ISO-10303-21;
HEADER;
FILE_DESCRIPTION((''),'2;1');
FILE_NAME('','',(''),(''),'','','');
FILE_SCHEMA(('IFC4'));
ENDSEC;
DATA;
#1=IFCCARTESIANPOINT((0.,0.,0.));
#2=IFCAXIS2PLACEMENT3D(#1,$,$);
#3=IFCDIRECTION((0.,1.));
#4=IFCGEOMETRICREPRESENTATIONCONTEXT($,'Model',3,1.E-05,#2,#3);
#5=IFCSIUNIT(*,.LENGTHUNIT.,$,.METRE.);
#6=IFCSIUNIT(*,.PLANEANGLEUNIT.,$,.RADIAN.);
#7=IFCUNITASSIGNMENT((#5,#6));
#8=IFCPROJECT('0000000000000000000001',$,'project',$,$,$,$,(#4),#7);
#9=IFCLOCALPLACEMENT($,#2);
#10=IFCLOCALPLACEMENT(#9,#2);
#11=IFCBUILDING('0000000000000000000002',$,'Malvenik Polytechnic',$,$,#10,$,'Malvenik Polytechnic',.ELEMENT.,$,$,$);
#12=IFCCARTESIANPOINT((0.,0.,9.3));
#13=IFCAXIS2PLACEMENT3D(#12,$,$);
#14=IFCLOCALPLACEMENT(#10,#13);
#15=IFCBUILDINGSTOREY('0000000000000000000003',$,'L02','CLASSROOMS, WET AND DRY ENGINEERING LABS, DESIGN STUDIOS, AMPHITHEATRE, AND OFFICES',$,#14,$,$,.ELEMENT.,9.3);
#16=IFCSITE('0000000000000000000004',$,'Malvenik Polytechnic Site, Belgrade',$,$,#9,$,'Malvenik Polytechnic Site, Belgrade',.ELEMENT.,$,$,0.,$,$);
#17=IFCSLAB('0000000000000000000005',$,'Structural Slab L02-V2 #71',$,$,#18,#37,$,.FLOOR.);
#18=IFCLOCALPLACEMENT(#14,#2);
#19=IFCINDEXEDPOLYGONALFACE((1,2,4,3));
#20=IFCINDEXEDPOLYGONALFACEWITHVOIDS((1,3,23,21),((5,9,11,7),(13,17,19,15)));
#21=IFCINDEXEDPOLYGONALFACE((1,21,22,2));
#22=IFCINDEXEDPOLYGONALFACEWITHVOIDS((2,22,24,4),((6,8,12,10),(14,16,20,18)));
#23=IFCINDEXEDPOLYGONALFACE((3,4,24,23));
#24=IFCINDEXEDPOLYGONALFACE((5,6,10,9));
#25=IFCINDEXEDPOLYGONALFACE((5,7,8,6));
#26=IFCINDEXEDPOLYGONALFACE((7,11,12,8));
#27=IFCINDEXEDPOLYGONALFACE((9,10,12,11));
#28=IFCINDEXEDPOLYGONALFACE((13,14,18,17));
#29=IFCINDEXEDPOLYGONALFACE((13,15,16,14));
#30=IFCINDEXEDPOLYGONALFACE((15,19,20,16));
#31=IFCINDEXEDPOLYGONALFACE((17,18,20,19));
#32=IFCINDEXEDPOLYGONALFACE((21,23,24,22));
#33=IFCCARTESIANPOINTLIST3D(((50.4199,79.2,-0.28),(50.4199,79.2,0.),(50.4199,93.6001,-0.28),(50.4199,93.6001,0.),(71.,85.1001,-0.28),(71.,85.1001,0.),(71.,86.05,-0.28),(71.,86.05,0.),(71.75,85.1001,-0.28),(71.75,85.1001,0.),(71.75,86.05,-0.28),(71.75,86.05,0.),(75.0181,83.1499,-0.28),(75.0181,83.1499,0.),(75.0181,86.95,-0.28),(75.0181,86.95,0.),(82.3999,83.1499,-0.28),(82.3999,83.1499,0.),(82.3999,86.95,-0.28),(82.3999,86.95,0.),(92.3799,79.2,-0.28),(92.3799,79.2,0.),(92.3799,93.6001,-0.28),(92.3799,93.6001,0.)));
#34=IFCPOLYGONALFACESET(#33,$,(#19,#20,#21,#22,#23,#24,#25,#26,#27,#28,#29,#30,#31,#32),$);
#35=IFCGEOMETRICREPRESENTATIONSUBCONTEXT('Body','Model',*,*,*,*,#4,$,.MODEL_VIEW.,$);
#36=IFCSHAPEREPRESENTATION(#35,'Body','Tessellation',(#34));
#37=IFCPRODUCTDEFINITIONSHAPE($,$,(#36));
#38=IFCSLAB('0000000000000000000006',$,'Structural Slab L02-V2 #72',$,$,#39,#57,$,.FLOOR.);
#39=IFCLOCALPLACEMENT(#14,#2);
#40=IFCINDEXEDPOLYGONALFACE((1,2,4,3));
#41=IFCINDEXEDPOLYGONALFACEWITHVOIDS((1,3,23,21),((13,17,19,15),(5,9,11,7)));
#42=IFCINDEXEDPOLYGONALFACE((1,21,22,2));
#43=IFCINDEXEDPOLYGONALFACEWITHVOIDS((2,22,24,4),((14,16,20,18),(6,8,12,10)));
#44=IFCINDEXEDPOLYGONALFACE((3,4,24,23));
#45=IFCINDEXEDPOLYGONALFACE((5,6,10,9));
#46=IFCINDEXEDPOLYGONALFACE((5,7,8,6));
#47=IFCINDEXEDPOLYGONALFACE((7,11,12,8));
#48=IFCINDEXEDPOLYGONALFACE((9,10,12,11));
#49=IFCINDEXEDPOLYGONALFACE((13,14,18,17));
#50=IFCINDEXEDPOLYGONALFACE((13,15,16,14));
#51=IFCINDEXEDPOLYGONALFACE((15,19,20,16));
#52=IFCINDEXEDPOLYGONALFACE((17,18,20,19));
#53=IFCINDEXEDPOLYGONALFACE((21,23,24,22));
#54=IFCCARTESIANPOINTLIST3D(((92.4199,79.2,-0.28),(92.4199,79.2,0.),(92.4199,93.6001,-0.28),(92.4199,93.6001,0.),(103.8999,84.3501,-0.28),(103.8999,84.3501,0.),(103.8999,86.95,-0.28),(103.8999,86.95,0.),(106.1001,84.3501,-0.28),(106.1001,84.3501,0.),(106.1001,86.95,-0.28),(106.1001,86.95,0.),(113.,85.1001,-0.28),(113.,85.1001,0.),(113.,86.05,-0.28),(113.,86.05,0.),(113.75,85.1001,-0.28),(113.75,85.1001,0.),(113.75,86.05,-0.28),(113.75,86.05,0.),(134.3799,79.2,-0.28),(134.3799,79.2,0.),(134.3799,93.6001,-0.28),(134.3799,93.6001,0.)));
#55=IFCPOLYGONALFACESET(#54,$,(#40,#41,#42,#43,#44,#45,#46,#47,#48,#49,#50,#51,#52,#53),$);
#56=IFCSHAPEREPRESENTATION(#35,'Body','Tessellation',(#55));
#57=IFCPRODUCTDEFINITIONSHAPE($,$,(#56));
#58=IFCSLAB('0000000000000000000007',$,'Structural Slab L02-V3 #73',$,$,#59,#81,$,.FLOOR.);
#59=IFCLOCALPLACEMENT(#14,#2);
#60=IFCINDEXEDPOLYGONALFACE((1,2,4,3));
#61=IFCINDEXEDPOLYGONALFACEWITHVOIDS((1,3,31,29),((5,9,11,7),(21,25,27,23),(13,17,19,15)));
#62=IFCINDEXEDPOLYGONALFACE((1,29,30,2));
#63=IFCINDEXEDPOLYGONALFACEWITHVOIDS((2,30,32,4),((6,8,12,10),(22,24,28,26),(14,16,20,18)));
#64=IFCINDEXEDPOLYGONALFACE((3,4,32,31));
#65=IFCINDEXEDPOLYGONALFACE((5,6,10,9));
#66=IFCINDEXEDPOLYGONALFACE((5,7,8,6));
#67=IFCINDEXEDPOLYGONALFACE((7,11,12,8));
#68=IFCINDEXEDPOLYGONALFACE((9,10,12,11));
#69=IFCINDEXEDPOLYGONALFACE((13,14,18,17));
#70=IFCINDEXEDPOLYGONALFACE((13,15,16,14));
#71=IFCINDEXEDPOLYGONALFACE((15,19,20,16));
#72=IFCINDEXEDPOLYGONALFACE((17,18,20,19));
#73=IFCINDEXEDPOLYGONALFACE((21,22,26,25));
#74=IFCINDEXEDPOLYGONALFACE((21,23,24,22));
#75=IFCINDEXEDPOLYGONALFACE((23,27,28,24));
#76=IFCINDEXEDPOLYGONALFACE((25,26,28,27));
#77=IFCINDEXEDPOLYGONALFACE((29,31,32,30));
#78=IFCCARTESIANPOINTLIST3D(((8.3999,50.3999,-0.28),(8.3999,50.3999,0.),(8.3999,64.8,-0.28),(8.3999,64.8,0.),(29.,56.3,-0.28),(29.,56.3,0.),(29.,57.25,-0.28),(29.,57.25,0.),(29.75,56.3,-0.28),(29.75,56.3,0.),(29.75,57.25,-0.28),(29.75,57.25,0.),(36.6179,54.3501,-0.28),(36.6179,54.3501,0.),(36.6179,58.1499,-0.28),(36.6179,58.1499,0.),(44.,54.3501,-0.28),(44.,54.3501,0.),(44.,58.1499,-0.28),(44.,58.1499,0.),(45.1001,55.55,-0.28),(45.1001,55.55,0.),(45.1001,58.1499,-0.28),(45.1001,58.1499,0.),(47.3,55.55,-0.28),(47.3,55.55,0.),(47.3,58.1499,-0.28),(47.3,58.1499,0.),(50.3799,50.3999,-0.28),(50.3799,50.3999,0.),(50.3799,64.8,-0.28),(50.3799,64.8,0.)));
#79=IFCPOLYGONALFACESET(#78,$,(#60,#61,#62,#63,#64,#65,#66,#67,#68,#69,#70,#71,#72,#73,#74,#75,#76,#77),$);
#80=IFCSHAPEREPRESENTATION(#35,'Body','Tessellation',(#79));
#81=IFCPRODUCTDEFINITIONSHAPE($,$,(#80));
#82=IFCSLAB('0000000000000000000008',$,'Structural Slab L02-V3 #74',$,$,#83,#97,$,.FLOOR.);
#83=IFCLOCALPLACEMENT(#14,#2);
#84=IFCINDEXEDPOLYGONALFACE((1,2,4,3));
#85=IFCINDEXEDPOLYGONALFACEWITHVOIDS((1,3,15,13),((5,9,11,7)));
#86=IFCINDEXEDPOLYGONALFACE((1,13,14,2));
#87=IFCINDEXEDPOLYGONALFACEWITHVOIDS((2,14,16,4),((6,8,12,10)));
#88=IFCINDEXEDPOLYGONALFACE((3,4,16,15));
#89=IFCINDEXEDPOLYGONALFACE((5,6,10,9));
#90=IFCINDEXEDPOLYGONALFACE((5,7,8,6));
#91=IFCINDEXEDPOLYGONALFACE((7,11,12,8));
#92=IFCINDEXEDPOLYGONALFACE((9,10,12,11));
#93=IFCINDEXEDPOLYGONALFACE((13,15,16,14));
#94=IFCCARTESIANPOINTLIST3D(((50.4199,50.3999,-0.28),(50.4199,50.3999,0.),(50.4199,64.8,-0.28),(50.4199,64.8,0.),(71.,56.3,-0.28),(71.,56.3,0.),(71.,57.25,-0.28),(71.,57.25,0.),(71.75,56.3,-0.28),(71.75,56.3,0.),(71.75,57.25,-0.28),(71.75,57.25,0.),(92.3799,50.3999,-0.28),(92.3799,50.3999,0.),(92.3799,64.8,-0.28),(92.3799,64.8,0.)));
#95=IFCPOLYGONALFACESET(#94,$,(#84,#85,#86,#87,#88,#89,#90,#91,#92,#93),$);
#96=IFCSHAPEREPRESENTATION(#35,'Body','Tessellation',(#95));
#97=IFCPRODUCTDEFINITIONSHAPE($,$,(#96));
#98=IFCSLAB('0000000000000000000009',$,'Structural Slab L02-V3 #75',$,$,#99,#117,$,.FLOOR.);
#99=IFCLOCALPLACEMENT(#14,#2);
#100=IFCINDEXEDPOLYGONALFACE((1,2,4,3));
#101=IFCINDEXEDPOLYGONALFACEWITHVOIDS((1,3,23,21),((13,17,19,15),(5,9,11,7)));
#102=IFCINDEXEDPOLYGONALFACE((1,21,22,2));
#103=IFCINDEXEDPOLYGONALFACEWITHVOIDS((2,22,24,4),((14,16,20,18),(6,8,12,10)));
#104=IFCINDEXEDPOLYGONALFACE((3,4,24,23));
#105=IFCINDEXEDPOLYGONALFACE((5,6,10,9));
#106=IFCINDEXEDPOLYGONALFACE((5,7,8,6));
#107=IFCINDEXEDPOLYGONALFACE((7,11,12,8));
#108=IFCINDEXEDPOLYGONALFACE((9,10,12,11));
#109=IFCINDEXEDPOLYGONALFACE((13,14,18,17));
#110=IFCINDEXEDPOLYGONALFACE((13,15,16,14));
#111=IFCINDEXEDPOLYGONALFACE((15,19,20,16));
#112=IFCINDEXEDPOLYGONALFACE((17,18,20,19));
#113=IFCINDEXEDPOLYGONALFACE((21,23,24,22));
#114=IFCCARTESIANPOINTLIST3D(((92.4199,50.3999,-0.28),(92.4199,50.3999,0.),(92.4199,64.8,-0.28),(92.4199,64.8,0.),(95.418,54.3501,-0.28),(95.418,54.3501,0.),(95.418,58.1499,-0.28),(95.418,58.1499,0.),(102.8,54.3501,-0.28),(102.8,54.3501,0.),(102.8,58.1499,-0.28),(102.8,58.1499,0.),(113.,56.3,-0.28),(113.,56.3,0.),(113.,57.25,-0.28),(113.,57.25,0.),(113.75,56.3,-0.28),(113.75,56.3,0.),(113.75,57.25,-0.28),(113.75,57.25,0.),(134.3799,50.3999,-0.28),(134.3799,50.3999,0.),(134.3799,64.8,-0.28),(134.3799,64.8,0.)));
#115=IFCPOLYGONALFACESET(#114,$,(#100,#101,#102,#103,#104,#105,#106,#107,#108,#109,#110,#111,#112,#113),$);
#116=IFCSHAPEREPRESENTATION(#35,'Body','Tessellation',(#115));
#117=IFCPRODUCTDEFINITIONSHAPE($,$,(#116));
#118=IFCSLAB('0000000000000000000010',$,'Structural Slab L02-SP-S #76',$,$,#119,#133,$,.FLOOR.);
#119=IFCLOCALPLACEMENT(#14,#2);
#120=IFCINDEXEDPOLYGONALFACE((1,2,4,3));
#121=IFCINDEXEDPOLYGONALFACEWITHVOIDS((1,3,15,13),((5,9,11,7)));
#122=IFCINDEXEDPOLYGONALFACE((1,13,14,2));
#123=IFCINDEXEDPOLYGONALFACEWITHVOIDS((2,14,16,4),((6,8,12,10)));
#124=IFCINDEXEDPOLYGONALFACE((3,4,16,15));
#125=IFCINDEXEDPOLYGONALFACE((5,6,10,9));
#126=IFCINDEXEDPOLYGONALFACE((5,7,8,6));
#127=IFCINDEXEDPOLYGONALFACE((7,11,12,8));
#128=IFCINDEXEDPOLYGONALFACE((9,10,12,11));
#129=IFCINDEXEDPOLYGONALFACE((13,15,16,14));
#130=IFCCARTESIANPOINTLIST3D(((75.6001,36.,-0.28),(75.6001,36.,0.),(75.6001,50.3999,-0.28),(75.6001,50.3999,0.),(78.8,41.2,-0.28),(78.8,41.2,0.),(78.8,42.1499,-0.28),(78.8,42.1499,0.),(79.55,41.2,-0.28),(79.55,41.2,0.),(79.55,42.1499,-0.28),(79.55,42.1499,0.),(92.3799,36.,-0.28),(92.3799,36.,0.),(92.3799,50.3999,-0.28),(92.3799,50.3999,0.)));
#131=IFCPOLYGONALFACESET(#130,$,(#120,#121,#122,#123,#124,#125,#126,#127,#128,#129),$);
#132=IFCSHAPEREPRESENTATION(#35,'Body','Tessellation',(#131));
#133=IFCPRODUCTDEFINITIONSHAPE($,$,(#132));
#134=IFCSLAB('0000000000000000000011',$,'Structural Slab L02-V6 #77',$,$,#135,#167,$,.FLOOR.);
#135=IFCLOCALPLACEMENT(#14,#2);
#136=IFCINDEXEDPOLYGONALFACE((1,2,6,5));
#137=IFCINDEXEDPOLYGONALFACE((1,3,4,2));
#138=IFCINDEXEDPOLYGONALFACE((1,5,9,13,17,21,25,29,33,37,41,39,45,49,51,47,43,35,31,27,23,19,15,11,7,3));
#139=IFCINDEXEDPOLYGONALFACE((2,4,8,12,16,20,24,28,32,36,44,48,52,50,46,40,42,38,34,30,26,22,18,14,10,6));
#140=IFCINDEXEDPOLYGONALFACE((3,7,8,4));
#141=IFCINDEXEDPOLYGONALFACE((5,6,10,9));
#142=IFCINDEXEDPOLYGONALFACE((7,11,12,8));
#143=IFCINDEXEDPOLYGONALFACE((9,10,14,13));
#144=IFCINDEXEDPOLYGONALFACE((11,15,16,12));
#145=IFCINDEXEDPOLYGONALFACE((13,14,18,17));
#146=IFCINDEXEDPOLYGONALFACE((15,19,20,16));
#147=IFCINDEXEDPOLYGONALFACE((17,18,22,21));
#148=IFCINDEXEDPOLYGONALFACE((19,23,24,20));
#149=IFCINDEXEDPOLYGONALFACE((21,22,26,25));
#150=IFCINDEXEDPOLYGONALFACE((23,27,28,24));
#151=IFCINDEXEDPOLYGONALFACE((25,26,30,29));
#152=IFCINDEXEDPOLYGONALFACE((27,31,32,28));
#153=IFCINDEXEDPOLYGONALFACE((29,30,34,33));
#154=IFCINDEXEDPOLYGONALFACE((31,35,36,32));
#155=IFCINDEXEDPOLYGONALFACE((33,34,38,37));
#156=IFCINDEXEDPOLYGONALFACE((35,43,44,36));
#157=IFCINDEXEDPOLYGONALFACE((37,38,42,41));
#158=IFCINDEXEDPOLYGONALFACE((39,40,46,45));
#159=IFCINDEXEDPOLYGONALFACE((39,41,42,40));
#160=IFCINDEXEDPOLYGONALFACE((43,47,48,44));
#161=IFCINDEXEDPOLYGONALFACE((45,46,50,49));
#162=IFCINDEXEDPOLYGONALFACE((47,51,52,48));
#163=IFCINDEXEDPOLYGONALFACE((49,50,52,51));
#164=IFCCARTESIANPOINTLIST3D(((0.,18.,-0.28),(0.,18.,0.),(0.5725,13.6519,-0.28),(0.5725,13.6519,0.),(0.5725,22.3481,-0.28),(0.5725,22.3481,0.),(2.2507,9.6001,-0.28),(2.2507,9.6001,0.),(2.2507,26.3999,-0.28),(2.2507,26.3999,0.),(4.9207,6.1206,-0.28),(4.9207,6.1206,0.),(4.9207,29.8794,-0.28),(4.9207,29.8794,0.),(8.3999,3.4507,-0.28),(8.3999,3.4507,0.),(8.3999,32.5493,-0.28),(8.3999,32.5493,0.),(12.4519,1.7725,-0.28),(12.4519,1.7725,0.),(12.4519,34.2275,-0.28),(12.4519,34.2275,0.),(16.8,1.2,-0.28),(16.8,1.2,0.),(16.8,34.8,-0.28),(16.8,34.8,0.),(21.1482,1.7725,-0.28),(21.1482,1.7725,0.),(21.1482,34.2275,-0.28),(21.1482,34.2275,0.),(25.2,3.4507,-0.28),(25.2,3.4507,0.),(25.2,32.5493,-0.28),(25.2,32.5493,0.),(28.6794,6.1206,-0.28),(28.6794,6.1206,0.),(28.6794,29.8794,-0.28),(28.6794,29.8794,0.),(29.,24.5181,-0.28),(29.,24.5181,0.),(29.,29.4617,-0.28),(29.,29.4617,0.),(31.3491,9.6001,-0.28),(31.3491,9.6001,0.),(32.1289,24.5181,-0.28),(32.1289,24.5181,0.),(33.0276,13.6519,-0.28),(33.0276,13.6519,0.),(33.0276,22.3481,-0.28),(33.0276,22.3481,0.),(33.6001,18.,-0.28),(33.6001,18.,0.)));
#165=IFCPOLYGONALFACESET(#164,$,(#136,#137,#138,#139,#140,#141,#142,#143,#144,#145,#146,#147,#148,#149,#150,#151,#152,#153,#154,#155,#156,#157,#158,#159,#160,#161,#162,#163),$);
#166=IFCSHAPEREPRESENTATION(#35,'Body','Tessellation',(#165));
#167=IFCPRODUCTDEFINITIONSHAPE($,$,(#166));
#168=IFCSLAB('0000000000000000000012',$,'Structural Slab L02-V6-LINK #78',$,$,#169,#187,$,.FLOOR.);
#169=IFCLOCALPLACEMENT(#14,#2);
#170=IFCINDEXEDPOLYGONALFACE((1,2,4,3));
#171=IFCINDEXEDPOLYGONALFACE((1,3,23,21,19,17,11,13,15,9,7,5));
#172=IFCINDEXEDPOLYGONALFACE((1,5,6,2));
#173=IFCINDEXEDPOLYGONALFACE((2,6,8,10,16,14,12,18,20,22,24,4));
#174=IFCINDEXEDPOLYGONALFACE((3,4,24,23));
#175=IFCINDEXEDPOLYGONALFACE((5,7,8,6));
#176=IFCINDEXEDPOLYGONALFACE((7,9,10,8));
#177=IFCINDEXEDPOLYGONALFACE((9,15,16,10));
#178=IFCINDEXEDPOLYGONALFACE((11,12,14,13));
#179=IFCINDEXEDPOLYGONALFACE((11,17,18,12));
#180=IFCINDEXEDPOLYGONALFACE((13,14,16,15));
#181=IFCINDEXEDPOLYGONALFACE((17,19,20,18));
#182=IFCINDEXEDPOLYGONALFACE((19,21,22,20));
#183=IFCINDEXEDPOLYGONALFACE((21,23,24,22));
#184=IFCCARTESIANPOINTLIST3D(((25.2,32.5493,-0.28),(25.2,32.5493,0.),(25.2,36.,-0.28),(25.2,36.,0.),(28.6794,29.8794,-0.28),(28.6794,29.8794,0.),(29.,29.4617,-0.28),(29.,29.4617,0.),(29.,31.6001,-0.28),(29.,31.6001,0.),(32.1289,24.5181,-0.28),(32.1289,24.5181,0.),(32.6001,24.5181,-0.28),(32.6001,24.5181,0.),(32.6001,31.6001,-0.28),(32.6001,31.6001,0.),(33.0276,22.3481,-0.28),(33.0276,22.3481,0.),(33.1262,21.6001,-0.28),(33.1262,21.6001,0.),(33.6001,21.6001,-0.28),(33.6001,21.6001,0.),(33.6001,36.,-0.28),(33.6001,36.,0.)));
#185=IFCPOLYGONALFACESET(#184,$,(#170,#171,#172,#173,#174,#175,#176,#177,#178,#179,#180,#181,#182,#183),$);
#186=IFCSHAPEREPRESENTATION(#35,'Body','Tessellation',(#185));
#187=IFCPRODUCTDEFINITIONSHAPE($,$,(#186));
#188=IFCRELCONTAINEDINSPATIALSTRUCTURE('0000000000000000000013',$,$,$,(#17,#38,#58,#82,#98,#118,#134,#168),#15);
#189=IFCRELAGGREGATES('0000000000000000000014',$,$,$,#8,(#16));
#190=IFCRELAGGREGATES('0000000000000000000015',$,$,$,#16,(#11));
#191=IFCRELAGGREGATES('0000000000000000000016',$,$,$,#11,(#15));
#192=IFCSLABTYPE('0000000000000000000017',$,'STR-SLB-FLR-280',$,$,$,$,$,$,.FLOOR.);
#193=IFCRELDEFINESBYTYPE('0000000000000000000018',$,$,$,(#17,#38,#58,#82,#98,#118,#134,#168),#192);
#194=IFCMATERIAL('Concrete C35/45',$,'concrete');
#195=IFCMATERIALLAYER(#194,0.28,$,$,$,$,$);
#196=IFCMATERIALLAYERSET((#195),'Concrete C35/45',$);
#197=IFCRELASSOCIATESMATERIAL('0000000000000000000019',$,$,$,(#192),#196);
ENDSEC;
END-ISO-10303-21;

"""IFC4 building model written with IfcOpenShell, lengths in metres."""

from ifc_helpers import new_model, si_unit, direction, frame, origin, place, context, subcontext, project, spatial, polyline, outline, extrude, material, layer, layer_set, type_object, element, save


model = new_model("IFC4")

# Units and contexts
model_context = context("Model", 3, precision=1e-05, world=origin(), true_north=direction((0.0, 1.0)))
body_context = subcontext(model_context, "Body", "Model", "MODEL_VIEW")
ifc_project = project(units=[si_unit("LENGTHUNIT", "METRE"), si_unit("PLANEANGLEUNIT", "RADIAN")], contexts=[model_context])

# Site, building, storey
site_placement = place(None, origin())
site = spatial("IfcSite", under=ifc_project, at=site_placement, Name="Malvenik Polytechnic Site, Belgrade", LongName="Malvenik Polytechnic Site, Belgrade", CompositionType="ELEMENT", RefElevation=0.0)
building_placement = place(site_placement, origin())
building = spatial("IfcBuilding", under=site, at=building_placement, Name="Malvenik Polytechnic", LongName="Malvenik Polytechnic", CompositionType="ELEMENT")
storey_placement = place(building_placement, frame((0.0, 0.0, 9.3)))
storey = spatial("IfcBuildingStorey", under=building, at=storey_placement, Name="L02", Description="CLASSROOMS, WET AND DRY ENGINEERING LABS, DESIGN STUDIOS, AMPHITHEATRE, AND OFFICES", CompositionType="ELEMENT", Elevation=9.3)

# Shared definitions
ifc_material = material(Name="Concrete C35/45", Category="concrete")

# Slabs
ifc_layer_1 = layer(ifc_material, 0.28)
ifc_layer_set_1 = layer_set([ifc_layer_1], Name="Concrete C35/45")
slab_type_1 = type_object("IfcSlabType", Name="STR-SLB-FLR-280", PredefinedType="FLOOR", material=ifc_layer_set_1)
slab_1_placement = place(storey_placement, frame((0.0, 0.0, -0.28)))
element("IfcSlab", 1, at=slab_1_placement, inside=storey, type_object=slab_type_1, Name="Structural Slab L02-V2 #71", PredefinedType="FLOOR", context=body_context, shape_type="SweptSolid", body=[
    extrude(outline(polyline([(92.3799, 93.6001), (92.3799, 79.2), (50.4199, 79.2), (50.4199, 93.6001), (92.3799, 93.6001)]), holes=[polyline([(82.3999, 83.1499), (82.3999, 86.95), (75.0181, 86.95), (75.0181, 83.1499), (82.3999, 83.1499)]), polyline([(71.75, 86.05), (71.0, 86.05), (71.0, 85.1001), (71.75, 85.1001), (71.75, 86.05)])]), origin(), (0.0, 0.0, 1.0), 0.28),
])
slab_2_placement = place(storey_placement, frame((0.0, 0.0, -0.28)))
element("IfcSlab", 2, at=slab_2_placement, inside=storey, type_object=slab_type_1, Name="Structural Slab L02-V2 #72", PredefinedType="FLOOR", context=body_context, shape_type="SweptSolid", body=[
    extrude(outline(polyline([(134.3799, 93.6001), (134.3799, 79.2), (92.4199, 79.2), (92.4199, 93.6001), (134.3799, 93.6001)]), holes=[polyline([(113.0, 86.05), (113.0, 85.1001), (113.75, 85.1001), (113.75, 86.05), (113.0, 86.05)]), polyline([(106.1001, 86.95), (103.8999, 86.95), (103.8999, 84.3501), (106.1001, 84.3501), (106.1001, 86.95)])]), origin(), (0.0, 0.0, 1.0), 0.28),
])
slab_3_placement = place(storey_placement, frame((0.0, 0.0, -0.28)))
element("IfcSlab", 3, at=slab_3_placement, inside=storey, type_object=slab_type_1, Name="Structural Slab L02-V3 #73", PredefinedType="FLOOR", context=body_context, shape_type="SweptSolid", body=[
    extrude(outline(polyline([(50.3799, 64.8), (50.3799, 50.3999), (8.3999, 50.3999), (8.3999, 64.8), (50.3799, 64.8)]), holes=[polyline([(44.0, 54.3501), (44.0, 58.1499), (36.6179, 58.1499), (36.6179, 54.3501), (44.0, 54.3501)]), polyline([(29.75, 57.25), (29.0, 57.25), (29.0, 56.3), (29.75, 56.3), (29.75, 57.25)]), polyline([(45.1001, 58.1499), (45.1001, 55.55), (47.3, 55.55), (47.3, 58.1499), (45.1001, 58.1499)])]), origin(), (0.0, 0.0, 1.0), 0.28),
])
slab_4_placement = place(storey_placement, frame((0.0, 0.0, -0.28)))
element("IfcSlab", 4, at=slab_4_placement, inside=storey, type_object=slab_type_1, Name="Structural Slab L02-V3 #74", PredefinedType="FLOOR", context=body_context, shape_type="SweptSolid", body=[
    extrude(outline(polyline([(92.3799, 64.8), (92.3799, 50.3999), (50.4199, 50.3999), (50.4199, 64.8), (92.3799, 64.8)]), holes=[polyline([(71.75, 57.25), (71.0, 57.25), (71.0, 56.3), (71.75, 56.3), (71.75, 57.25)])]), origin(), (0.0, 0.0, 1.0), 0.28),
])
slab_5_placement = place(storey_placement, frame((0.0, 0.0, -0.28)))
element("IfcSlab", 5, at=slab_5_placement, inside=storey, type_object=slab_type_1, Name="Structural Slab L02-V3 #75", PredefinedType="FLOOR", context=body_context, shape_type="SweptSolid", body=[
    extrude(outline(polyline([(134.3799, 64.8), (134.3799, 50.3999), (92.4199, 50.3999), (92.4199, 64.8), (134.3799, 64.8)]), holes=[polyline([(102.8, 54.3501), (102.8, 58.1499), (95.418, 58.1499), (95.418, 54.3501), (102.8, 54.3501)]), polyline([(113.0, 57.25), (113.0, 56.3), (113.75, 56.3), (113.75, 57.25), (113.0, 57.25)])]), origin(), (0.0, 0.0, 1.0), 0.28),
])
slab_6_placement = place(storey_placement, frame((0.0, 0.0, -0.28)))
element("IfcSlab", 6, at=slab_6_placement, inside=storey, type_object=slab_type_1, Name="Structural Slab L02-SP-S #76", PredefinedType="FLOOR", context=body_context, shape_type="SweptSolid", body=[
    extrude(outline(polyline([(75.6001, 50.3999), (92.3799, 50.3999), (92.3799, 36.0), (75.6001, 36.0), (75.6001, 50.3999)]), holes=[polyline([(78.8, 42.1499), (78.8, 41.2), (79.55, 41.2), (79.55, 42.1499), (78.8, 42.1499)])]), origin(), (0.0, 0.0, 1.0), 0.28),
])
slab_7_placement = place(storey_placement, frame((0.0, 0.0, -0.28)))
element("IfcSlab", 7, at=slab_7_placement, inside=storey, type_object=slab_type_1, Name="Structural Slab L02-V6 #77", PredefinedType="FLOOR", context=body_context, shape_type="SweptSolid", body=[
    extrude(outline(polyline([(28.6794, 6.1206), (25.2, 3.4507), (21.1482, 1.7725), (16.8, 1.2), (12.4519, 1.7725), (8.3999, 3.4507), (4.9207, 6.1206), (2.2507, 9.6001), (0.5725, 13.6519), (0.0, 18.0), (0.5725, 22.3481), (2.2507, 26.3999), (4.9207, 29.8794), (8.3999, 32.5493), (12.4519, 34.2275), (16.8, 34.8), (21.1482, 34.2275), (25.2, 32.5493), (28.6794, 29.8794), (29.0, 29.4617), (29.0, 24.5181), (32.1289, 24.5181), (33.0276, 22.3481), (33.6001, 18.0), (33.0276, 13.6519), (31.3491, 9.6001), (28.6794, 6.1206)])), origin(), (0.0, 0.0, 1.0), 0.28),
])
slab_8_placement = place(storey_placement, frame((0.0, 0.0, -0.28)))
element("IfcSlab", 8, at=slab_8_placement, inside=storey, type_object=slab_type_1, Name="Structural Slab L02-V6-LINK #78", PredefinedType="FLOOR", context=body_context, shape_type="SweptSolid", body=[
    extrude(outline(polyline([(33.6001, 21.6001), (33.1262, 21.6001), (33.0276, 22.3481), (32.1289, 24.5181), (32.6001, 24.5181), (32.6001, 31.6001), (29.0, 31.6001), (29.0, 29.4617), (28.6794, 29.8794), (25.2, 32.5493), (25.2, 36.0), (33.6001, 36.0), (33.6001, 21.6001)])), origin(), (0.0, 0.0, 1.0), 0.28),
])

save(model, "model.ifc")
